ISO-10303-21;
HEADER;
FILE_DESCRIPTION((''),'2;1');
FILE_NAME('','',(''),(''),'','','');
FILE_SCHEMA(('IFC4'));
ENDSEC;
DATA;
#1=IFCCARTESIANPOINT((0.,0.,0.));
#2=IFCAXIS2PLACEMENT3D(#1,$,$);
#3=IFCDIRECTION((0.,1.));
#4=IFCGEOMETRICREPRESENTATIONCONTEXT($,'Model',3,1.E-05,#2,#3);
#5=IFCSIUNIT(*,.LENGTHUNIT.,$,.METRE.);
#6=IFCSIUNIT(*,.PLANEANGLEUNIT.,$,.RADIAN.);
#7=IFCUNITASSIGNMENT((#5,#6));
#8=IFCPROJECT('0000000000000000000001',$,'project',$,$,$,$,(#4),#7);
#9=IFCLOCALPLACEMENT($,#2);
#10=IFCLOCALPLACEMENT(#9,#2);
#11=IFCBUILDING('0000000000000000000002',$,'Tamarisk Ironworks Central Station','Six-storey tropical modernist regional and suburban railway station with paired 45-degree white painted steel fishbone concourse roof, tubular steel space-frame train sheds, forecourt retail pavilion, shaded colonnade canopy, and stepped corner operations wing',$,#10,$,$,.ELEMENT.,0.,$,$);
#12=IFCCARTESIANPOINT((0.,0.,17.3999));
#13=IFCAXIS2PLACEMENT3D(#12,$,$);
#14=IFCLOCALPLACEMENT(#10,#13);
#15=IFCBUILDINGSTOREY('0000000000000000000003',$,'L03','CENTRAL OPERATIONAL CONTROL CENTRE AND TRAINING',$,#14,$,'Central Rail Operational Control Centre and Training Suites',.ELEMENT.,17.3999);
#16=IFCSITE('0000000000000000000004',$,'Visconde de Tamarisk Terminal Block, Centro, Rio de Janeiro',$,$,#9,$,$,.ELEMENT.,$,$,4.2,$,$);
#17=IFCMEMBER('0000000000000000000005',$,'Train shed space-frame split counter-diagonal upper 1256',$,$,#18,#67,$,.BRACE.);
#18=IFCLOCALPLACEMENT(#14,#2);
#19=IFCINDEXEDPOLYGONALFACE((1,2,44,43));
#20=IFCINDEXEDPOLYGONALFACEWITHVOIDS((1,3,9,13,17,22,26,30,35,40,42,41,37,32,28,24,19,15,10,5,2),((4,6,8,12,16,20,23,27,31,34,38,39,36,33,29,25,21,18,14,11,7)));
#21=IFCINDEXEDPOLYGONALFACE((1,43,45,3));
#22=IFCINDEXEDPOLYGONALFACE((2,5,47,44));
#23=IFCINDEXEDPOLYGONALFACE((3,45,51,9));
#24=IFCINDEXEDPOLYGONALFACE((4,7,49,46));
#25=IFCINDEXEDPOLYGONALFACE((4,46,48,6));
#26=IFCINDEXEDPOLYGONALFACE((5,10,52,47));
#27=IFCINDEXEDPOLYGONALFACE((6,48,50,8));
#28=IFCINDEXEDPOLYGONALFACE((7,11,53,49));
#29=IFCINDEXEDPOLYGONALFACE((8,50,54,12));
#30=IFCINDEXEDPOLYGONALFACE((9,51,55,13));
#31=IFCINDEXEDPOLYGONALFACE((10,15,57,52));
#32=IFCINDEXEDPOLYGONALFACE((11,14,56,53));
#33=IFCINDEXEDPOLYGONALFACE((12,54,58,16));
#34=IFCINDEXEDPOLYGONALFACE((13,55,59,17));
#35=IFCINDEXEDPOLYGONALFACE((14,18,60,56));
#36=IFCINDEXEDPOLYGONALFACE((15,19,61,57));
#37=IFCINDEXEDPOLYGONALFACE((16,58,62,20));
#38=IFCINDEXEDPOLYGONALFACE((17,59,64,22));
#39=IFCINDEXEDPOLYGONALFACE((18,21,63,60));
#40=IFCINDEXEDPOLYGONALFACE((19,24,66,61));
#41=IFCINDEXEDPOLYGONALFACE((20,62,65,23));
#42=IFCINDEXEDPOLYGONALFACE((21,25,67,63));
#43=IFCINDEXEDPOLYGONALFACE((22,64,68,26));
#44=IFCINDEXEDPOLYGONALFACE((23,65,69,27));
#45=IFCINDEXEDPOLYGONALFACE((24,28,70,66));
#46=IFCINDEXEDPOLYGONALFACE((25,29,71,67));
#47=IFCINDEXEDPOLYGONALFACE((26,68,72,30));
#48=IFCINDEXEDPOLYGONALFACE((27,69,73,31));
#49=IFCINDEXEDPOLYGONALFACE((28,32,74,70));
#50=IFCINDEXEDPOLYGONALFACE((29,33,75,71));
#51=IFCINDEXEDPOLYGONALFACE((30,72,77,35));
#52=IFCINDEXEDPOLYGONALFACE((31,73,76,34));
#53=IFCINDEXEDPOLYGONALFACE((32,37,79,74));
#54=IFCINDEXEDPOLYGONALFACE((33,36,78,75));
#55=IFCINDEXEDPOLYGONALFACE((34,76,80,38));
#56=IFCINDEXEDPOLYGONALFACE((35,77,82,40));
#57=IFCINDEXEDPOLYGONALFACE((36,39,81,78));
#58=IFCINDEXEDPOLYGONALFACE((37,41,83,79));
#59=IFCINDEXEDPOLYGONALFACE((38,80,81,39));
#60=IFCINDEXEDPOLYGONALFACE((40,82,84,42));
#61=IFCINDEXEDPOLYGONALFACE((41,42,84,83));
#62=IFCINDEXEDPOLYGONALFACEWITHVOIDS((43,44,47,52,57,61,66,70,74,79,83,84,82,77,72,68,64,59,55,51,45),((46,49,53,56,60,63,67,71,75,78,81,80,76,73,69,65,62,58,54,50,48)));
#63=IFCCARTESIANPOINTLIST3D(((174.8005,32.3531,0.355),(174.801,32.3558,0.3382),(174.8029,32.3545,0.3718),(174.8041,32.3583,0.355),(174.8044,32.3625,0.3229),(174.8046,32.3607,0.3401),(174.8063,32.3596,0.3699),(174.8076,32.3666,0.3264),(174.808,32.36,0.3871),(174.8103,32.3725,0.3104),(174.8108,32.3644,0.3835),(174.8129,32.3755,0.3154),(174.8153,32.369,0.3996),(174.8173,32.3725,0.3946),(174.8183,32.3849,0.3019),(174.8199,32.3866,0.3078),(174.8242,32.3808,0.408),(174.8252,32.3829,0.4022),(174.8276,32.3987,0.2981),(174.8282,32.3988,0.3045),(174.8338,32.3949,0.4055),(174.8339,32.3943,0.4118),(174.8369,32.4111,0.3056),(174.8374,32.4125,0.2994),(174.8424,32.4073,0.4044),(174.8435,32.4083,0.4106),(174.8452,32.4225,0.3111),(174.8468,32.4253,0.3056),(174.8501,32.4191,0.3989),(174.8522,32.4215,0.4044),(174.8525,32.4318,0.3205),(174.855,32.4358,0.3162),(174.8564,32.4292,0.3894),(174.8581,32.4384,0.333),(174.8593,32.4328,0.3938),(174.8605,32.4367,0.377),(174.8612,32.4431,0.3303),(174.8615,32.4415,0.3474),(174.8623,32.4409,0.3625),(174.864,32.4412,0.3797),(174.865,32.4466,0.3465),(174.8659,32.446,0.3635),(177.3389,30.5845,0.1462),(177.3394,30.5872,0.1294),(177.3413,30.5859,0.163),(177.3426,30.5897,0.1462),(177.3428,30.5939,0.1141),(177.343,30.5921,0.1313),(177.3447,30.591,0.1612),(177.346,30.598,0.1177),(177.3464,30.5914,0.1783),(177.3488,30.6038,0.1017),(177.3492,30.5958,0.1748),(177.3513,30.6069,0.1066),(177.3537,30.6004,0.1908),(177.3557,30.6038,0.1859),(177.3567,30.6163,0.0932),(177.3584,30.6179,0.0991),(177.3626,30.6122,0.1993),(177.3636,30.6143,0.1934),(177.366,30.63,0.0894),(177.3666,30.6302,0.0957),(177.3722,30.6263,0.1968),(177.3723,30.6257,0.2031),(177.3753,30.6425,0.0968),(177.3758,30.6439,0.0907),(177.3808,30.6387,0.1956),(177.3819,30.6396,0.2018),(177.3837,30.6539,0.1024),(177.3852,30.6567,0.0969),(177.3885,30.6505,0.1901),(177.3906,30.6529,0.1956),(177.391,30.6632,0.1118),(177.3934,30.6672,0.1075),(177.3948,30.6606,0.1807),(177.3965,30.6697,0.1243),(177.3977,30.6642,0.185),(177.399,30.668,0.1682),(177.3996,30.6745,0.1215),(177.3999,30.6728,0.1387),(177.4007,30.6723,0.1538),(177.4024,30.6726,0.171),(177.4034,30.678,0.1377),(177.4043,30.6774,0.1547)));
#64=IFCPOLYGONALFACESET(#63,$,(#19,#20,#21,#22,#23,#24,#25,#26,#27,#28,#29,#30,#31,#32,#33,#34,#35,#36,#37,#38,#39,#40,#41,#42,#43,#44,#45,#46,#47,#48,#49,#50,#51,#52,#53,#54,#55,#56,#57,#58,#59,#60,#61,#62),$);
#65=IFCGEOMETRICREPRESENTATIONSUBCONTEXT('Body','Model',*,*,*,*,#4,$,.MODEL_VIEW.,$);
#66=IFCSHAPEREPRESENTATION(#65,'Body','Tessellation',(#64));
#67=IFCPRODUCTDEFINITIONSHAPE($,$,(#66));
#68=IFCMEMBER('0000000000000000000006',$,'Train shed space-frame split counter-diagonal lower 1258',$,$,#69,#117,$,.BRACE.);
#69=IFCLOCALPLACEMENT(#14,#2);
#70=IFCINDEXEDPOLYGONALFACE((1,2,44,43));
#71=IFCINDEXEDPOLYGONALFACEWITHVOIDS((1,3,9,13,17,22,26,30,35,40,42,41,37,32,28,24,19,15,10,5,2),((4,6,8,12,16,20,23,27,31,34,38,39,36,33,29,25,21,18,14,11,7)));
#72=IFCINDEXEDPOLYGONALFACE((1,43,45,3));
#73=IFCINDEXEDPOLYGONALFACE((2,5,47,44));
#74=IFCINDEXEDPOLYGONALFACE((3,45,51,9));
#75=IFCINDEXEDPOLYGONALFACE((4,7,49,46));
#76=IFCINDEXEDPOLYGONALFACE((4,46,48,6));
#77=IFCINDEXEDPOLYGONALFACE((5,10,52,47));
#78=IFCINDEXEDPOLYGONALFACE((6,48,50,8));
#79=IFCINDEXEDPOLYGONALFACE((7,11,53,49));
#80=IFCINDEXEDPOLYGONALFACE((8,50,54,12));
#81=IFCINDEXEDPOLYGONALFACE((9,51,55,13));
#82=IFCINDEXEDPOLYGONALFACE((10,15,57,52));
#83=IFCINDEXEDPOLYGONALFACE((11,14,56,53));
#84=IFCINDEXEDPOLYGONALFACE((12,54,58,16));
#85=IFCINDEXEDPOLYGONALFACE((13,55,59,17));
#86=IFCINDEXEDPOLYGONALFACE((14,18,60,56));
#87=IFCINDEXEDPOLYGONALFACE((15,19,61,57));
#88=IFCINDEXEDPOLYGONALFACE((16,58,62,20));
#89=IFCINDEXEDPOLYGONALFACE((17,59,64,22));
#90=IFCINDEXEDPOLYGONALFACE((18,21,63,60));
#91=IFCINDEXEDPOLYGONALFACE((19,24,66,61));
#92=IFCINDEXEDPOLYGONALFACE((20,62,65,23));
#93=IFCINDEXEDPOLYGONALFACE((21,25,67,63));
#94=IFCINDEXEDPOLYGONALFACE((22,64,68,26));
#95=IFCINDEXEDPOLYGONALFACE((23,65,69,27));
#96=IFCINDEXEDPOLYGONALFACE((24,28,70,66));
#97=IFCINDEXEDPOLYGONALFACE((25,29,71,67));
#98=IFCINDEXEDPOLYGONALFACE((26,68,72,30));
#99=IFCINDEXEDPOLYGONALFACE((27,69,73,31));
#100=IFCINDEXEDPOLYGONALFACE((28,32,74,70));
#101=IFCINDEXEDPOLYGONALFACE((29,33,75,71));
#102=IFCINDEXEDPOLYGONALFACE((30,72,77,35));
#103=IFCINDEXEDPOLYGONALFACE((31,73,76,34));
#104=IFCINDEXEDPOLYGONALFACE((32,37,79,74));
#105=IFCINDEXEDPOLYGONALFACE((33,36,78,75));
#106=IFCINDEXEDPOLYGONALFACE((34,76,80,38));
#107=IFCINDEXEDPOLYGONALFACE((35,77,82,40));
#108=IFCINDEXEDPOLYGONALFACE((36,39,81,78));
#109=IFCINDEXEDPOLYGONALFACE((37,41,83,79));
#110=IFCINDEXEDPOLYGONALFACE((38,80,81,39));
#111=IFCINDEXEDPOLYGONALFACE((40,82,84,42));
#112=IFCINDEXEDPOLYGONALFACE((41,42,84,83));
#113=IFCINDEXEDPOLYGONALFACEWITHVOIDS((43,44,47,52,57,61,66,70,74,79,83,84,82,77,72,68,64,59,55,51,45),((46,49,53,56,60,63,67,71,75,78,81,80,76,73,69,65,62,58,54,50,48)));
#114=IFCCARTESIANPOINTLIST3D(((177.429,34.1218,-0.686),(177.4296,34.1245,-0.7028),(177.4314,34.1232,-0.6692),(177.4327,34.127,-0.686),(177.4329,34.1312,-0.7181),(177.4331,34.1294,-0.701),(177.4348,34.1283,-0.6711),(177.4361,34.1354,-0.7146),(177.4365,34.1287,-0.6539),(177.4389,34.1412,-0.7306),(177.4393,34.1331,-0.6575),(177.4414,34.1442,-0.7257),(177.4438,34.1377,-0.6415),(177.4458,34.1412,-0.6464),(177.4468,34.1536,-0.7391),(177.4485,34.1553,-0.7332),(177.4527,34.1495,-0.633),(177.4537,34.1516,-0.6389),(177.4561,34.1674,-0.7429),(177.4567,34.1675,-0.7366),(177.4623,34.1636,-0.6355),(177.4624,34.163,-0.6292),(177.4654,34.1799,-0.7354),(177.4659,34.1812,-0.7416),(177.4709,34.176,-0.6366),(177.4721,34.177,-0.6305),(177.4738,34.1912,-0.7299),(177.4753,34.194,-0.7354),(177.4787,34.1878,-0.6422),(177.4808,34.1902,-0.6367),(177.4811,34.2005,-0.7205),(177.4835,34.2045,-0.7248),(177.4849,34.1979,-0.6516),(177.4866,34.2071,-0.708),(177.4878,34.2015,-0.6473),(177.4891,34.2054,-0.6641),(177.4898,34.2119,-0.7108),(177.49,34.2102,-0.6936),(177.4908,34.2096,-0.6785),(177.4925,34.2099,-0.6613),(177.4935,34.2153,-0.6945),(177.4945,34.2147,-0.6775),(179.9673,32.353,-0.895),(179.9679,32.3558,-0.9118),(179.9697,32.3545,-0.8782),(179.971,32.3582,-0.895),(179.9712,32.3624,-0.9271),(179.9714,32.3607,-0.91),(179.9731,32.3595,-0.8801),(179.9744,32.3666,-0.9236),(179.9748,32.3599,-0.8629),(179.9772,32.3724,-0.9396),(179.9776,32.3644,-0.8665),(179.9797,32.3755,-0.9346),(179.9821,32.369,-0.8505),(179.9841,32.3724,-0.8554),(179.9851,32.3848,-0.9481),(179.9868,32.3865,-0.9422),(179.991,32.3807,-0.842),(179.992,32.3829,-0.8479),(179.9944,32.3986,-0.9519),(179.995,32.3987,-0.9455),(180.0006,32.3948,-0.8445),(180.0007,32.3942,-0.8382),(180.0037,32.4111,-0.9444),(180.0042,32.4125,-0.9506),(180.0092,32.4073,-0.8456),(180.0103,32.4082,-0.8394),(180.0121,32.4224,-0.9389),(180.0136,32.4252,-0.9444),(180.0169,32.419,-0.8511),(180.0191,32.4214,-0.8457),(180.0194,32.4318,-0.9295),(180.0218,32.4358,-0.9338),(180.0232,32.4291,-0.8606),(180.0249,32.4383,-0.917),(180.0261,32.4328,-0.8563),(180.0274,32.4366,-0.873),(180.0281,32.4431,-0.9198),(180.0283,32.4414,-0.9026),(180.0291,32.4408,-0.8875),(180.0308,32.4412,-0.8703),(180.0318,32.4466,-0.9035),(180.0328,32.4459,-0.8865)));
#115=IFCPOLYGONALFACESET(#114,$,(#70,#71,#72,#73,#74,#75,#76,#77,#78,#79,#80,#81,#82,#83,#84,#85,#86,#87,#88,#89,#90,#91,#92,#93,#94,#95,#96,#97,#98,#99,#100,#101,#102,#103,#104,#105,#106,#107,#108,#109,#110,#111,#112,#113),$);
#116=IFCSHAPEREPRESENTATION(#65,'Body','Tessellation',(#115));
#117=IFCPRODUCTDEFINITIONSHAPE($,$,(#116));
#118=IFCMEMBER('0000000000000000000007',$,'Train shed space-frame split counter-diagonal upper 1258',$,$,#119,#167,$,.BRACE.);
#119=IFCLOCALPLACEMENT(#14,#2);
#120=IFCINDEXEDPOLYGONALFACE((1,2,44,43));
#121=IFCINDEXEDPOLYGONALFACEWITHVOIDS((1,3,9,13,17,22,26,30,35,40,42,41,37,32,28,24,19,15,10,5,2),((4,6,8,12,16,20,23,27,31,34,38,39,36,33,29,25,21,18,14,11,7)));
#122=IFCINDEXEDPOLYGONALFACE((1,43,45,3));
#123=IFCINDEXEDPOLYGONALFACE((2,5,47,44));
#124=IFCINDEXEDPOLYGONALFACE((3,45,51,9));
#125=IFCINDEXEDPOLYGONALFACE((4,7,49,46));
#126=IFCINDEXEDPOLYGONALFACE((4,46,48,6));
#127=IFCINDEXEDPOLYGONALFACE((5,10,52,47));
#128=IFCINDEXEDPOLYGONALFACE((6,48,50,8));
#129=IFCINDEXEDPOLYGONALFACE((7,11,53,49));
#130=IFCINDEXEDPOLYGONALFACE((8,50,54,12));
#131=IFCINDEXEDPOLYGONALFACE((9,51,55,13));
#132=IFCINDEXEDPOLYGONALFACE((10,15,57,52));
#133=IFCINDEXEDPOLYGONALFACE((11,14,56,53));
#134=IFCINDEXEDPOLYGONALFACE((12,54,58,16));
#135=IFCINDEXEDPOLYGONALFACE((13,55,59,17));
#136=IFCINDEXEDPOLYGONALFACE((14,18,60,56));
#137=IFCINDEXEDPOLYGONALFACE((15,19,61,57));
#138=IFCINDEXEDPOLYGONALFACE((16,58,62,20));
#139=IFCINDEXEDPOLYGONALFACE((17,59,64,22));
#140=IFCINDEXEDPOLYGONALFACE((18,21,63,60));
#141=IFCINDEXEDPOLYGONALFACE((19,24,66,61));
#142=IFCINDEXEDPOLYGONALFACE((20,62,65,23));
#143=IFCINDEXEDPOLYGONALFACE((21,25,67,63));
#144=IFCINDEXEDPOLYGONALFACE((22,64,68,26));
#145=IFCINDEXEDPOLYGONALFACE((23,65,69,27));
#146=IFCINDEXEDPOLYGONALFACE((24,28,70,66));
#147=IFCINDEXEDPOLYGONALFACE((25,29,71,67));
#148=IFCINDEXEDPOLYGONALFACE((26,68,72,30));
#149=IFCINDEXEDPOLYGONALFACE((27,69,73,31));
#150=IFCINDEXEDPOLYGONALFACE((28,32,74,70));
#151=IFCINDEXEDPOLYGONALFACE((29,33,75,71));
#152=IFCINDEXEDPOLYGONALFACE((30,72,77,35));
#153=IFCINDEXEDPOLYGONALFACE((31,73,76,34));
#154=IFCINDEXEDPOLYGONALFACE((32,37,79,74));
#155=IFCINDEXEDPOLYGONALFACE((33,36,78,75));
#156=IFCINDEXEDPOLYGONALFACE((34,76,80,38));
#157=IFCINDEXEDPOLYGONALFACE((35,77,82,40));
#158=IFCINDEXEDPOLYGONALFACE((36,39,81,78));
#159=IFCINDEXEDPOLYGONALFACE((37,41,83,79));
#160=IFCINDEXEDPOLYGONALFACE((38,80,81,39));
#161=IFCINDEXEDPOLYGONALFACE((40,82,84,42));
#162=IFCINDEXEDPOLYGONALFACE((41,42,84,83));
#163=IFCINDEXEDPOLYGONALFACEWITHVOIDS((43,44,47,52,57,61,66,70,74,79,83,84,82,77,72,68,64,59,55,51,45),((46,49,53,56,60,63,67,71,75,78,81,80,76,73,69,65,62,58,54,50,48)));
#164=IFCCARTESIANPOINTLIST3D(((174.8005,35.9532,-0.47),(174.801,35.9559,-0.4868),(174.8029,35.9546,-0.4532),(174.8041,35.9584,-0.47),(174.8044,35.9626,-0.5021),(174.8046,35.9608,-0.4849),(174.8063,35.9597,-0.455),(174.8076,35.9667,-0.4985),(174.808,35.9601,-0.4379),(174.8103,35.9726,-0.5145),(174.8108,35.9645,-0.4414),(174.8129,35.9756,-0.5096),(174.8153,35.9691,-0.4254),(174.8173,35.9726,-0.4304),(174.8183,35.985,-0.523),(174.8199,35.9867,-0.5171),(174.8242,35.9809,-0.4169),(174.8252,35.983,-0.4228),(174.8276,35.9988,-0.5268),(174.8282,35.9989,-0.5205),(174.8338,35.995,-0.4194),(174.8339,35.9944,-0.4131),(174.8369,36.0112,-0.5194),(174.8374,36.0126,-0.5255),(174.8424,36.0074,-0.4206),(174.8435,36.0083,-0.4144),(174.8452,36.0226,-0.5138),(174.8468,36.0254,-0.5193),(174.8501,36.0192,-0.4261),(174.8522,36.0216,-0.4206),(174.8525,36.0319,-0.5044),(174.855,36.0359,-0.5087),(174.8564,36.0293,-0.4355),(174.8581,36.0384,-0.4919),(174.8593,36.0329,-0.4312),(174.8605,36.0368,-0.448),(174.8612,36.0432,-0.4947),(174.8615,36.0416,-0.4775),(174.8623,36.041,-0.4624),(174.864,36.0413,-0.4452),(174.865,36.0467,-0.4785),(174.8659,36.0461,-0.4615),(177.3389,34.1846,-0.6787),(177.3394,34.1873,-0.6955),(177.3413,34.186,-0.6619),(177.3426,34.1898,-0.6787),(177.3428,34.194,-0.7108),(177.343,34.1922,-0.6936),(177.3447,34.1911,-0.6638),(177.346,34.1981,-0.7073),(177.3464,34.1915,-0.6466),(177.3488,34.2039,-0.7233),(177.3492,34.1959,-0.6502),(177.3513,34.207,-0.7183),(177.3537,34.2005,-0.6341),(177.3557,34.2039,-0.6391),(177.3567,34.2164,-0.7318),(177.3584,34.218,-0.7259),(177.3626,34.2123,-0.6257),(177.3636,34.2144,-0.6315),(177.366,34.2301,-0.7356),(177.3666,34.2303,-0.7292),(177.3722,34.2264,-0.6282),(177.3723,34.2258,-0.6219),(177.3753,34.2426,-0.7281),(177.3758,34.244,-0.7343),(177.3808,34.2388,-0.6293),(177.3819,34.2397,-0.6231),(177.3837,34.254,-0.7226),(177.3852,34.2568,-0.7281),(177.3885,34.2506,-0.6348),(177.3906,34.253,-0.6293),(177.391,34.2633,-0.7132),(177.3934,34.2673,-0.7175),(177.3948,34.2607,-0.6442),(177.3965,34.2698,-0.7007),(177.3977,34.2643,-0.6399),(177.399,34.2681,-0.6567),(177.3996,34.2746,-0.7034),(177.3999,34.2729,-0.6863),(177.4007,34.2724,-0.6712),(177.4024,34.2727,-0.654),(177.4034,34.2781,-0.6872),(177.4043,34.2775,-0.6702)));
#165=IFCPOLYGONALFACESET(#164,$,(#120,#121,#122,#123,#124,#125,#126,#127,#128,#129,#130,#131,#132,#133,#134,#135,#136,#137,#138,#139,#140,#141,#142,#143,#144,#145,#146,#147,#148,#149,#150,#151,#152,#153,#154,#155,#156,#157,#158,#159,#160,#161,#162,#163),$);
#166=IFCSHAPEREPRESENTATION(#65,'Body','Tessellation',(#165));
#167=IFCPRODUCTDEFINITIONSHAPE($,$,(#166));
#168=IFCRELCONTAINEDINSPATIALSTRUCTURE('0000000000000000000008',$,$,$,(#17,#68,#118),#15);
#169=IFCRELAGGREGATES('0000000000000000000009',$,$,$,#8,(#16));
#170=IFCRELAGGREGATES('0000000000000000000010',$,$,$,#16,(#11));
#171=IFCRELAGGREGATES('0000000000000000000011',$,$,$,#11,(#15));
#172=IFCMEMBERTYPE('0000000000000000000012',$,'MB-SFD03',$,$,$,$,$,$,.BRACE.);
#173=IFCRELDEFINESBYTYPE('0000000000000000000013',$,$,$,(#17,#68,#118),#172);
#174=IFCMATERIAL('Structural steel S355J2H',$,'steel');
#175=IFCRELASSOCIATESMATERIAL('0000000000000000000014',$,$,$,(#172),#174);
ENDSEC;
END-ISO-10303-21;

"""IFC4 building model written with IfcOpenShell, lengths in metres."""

from ifc_helpers import new_model, si_unit, direction, frame, origin, origin_2d, place, context, subcontext, project, spatial, hollow_circle, extrude, material, material_profile, profile_set, type_object, element, save


model = new_model("IFC4")

# Units and contexts
model_context = context("Model", 3, precision=1e-05, world=origin(), true_north=direction((0.0, 1.0)))
body_context = subcontext(model_context, "Body", "Model", "MODEL_VIEW")
ifc_project = project(units=[si_unit("LENGTHUNIT", "METRE"), si_unit("PLANEANGLEUNIT", "RADIAN")], contexts=[model_context])

# Site, building, storey
site_placement = place(None, origin())
site = spatial("IfcSite", under=ifc_project, at=site_placement, Name="Visconde de Tamarisk Terminal Block, Centro, Rio de Janeiro", CompositionType="ELEMENT", RefElevation=4.2)
building_placement = place(site_placement, origin())
building = spatial("IfcBuilding", under=site, at=building_placement, Name="Tamarisk Ironworks Central Station", Description="Six-storey tropical modernist regional and suburban railway station with paired 45-degree white painted steel fishbone concourse roof, tubular steel space-frame train sheds, forecourt retail pavilion, shaded colonnade canopy, and stepped corner operations wing", CompositionType="ELEMENT", ElevationOfRefHeight=0.0)
storey_placement = place(building_placement, frame((0.0, 0.0, 17.3999)))
storey = spatial("IfcBuildingStorey", under=building, at=storey_placement, Name="L03", Description="CENTRAL OPERATIONAL CONTROL CENTRE AND TRAINING", LongName="Central Rail Operational Control Centre and Training Suites", CompositionType="ELEMENT", Elevation=17.3999)

# Members
ifc_material_1 = material(Name="Structural steel S355J2H", Category="steel")
ifc_material_profile_1 = material_profile(ifc_material_1, hollow_circle(Radius=0.0571, WallThickness=0.0063, at=origin_2d()), Name="CHS 114.3x6.3")
ifc_profile_set_1 = profile_set([ifc_material_profile_1], Name="Structural steel S355J2H")
member_type_1 = type_object("IfcMemberType", Name="MB-SFD03", PredefinedType="BRACE", material=ifc_profile_set_1)
for number, where, z_axis, x_axis, name in (
    (1, (177.3716, 30.6313, 0.1462), (-0.818625, 0.570369, 0.06732), (-0.571666, -0.820487, 0.0), "Train shed space-frame split counter-diagonal upper 1256"),
    (2, (180.0, 32.3999, -0.895), (-0.818584, 0.570419, 0.067395), (-0.571719, -0.82045, 0.0), "Train shed space-frame split counter-diagonal lower 1258"),
    (3, (177.3716, 34.2314, -0.6787), (-0.818625, 0.570369, 0.06732), (-0.571666, -0.820487, 0.0), "Train shed space-frame split counter-diagonal upper 1258"),
):
    element("IfcMember", number, at=place(storey_placement, frame(where, z_axis=z_axis, x_axis=x_axis)), inside=storey, type_object=member_type_1, Name=name, PredefinedType="BRACE", context=body_context, shape_type="SweptSolid", body=[
        extrude(hollow_circle(Radius=0.0571, WallThickness=0.0063, at=origin_2d()), origin(), (0.0, 0.0, 1.0), 3.1008),
    ])

save(model, "model.ifc")
